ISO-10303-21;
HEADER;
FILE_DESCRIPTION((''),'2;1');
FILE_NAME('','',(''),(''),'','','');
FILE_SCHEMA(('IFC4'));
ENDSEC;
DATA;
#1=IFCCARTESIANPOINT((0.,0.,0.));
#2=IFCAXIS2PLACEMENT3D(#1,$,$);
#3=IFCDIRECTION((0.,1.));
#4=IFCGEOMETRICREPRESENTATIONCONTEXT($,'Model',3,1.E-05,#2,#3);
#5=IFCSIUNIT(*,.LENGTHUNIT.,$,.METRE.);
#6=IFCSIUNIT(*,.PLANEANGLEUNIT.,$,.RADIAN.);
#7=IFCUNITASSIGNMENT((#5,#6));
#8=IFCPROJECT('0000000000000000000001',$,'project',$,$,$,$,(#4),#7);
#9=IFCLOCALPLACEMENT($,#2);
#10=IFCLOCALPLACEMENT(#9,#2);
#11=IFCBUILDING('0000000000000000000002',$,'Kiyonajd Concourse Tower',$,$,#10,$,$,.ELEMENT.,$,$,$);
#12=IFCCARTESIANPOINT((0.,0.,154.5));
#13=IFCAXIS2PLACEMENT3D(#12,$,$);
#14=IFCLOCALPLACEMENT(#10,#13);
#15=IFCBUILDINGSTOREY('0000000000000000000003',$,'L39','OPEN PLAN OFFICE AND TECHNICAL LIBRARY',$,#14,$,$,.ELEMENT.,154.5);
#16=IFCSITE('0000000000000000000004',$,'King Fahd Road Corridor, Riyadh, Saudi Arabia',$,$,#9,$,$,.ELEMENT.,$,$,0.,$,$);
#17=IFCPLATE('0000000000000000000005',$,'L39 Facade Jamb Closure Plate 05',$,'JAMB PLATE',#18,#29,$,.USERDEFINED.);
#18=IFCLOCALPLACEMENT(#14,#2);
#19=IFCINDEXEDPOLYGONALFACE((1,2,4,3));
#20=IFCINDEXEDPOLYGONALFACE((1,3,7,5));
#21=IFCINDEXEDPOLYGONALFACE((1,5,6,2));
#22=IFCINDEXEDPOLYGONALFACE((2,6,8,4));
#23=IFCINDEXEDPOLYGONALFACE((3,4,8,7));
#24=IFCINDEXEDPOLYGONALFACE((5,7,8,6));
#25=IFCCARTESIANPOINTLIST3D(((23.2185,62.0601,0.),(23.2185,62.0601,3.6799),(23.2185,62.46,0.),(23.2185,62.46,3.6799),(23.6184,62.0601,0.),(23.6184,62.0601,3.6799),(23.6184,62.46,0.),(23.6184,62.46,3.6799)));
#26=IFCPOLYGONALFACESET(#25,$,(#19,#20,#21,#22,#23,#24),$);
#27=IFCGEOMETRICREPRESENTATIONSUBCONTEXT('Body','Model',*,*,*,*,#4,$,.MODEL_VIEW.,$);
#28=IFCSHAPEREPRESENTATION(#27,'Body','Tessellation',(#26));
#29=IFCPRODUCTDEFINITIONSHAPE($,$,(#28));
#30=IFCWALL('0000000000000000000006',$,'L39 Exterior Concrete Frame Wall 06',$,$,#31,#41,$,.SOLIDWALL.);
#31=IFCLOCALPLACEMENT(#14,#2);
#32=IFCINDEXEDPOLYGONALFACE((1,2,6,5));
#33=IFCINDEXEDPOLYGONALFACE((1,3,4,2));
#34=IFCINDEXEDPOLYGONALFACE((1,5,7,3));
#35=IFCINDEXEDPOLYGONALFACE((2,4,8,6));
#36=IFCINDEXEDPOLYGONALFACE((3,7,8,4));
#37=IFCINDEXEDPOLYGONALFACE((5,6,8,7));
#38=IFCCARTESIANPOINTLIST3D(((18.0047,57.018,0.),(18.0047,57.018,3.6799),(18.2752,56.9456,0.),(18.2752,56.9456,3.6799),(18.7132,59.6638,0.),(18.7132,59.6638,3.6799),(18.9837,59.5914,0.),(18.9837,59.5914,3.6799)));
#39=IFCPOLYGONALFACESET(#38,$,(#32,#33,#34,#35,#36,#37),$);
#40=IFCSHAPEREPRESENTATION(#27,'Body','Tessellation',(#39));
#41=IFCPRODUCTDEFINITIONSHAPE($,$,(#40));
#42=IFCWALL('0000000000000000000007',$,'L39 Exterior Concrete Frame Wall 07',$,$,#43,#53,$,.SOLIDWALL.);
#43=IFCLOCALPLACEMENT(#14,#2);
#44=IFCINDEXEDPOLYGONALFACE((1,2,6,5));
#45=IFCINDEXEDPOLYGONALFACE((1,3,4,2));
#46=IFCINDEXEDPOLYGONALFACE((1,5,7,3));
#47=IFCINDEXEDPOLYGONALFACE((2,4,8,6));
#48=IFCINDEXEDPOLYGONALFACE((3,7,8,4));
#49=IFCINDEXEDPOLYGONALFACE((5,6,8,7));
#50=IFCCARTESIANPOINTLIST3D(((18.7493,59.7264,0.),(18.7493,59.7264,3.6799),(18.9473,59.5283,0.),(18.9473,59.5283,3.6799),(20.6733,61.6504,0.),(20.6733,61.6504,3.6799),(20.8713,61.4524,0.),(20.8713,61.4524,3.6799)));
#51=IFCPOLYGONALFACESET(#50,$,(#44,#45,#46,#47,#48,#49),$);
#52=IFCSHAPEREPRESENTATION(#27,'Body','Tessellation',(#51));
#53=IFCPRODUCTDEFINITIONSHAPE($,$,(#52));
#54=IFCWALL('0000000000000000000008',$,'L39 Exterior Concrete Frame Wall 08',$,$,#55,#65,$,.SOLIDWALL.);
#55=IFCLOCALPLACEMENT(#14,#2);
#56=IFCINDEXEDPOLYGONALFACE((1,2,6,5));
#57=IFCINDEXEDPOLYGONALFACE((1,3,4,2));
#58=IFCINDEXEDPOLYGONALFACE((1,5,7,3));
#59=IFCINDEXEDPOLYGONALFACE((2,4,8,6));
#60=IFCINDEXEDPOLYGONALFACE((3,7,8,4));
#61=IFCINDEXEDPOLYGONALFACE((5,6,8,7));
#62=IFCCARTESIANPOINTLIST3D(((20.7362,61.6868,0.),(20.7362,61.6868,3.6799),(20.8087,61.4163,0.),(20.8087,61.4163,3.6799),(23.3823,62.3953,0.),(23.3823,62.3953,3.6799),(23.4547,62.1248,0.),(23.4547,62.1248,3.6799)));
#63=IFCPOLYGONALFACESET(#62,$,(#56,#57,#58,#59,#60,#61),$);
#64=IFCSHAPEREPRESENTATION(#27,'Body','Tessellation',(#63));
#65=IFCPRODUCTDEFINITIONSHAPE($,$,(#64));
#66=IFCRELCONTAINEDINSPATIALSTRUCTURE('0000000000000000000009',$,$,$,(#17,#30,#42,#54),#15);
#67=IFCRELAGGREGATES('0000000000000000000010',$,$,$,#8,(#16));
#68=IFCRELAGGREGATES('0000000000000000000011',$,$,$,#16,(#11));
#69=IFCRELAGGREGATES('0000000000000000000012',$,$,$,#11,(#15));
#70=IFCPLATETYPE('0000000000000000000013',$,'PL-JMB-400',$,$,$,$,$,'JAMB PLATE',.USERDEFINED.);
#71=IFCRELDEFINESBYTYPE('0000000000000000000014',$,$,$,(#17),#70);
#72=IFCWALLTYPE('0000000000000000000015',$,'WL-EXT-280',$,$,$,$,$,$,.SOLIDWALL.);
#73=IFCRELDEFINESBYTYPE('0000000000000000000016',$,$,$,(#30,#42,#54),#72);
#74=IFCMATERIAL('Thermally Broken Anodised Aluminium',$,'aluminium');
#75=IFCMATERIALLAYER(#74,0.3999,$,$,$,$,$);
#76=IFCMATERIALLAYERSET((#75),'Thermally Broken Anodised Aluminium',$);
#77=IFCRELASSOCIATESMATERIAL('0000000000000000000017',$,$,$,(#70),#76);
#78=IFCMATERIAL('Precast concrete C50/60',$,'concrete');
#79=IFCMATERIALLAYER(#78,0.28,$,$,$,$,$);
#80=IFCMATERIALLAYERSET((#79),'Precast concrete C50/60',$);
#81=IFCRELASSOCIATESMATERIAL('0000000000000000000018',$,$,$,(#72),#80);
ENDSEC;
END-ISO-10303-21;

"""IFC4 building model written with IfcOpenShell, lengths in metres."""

from ifc_helpers import new_model, si_unit, direction, frame, frame_2d, origin, origin_2d, place, context, subcontext, project, spatial, rectangle, extrude, material, layer, layer_set, type_object, element, save


model = new_model("IFC4")

# Units and contexts
model_context = context("Model", 3, precision=1e-05, world=origin(), true_north=direction((0.0, 1.0)))
body_context = subcontext(model_context, "Body", "Model", "MODEL_VIEW")
ifc_project = project(units=[si_unit("LENGTHUNIT", "METRE"), si_unit("PLANEANGLEUNIT", "RADIAN")], contexts=[model_context])

# Site, building, storey
site_placement = place(None, origin())
site = spatial("IfcSite", under=ifc_project, at=site_placement, Name="King Fahd Road Corridor, Riyadh, Saudi Arabia", CompositionType="ELEMENT", RefElevation=0.0)
building_placement = place(site_placement, origin())
building = spatial("IfcBuilding", under=site, at=building_placement, Name="Kiyonajd Concourse Tower", CompositionType="ELEMENT")
storey_placement = place(building_placement, frame((0.0, 0.0, 154.5)))
storey = spatial("IfcBuildingStorey", under=building, at=storey_placement, Name="L39", Description="OPEN PLAN OFFICE AND TECHNICAL LIBRARY", CompositionType="ELEMENT", Elevation=154.5)

# Shared definitions
ifc_material_1 = material(Name="Thermally Broken Anodised Aluminium", Category="aluminium")

# Plate
ifc_layer_1 = layer(ifc_material_1, 0.3999)
ifc_layer_set_1 = layer_set([ifc_layer_1], Name="Thermally Broken Anodised Aluminium")
plate_type_1 = type_object("IfcPlateType", Name="PL-JMB-400", ElementType="JAMB PLATE", PredefinedType="USERDEFINED", material=ifc_layer_set_1)
for number, where, z_axis, x_axis, name in (
    (1, (23.4185, 62.26, 0.0), (0.0, 0.0, 1.0), (1.0, 0.0, 0.0), "L39 Facade Jamb Closure Plate 05"),
):
    element("IfcPlate", number, at=place(storey_placement, frame(where, z_axis=z_axis, x_axis=x_axis)), inside=storey, type_object=plate_type_1, Name=name, ObjectType="JAMB PLATE", PredefinedType="USERDEFINED", context=body_context, shape_type="SweptSolid", body=[
        extrude(rectangle(XDim=0.3999, YDim=0.3999, at=origin_2d()), origin(), (0.0, 0.0, 1.0), 3.6799),
    ])

# Walls
ifc_material_2 = material(Name="Precast concrete C50/60", Category="concrete")
ifc_layer_2 = layer(ifc_material_2, 0.28)
ifc_layer_set_2 = layer_set([ifc_layer_2], Name="Precast concrete C50/60")
wall_type = type_object("IfcWallType", Name="WL-EXT-280", PredefinedType="SOLIDWALL", material=ifc_layer_set_2)
wall_1_placement = place(storey_placement, frame((18.1399, 56.9817, 0.0), z_axis=(0.0, 0.0, 1.0), x_axis=(0.258672, 0.965965, 0.0)))
element("IfcWall", 2, at=wall_1_placement, inside=storey, type_object=wall_type, Name="L39 Exterior Concrete Frame Wall 06", PredefinedType="SOLIDWALL", context=body_context, shape_type="SweptSolid", body=[
    extrude(rectangle(XDim=2.739, YDim=0.28, at=frame_2d((1.3696, 0.0))), origin(), (0.0, 0.0, 1.0), 3.6799),
])
wall_2_placement = place(storey_placement, frame((18.8484, 59.6274, 0.0), z_axis=(0.0, 0.0, 1.0), x_axis=(0.707107, 0.707107, 0.0)))
element("IfcWall", 3, at=wall_2_placement, inside=storey, type_object=wall_type, Name="L39 Exterior Concrete Frame Wall 07", PredefinedType="SOLIDWALL", context=body_context, shape_type="SweptSolid", body=[
    extrude(rectangle(XDim=2.7209, YDim=0.28, at=frame_2d((1.3604, 0.0))), origin(), (0.0, 0.0, 1.0), 3.6799),
])
wall_3_placement = place(storey_placement, frame((20.7725, 61.5515, 0.0), z_axis=(0.0, 0.0, 1.0), x_axis=(0.965971, 0.25865, 0.0)))
element("IfcWall", 4, at=wall_3_placement, inside=storey, type_object=wall_type, Name="L39 Exterior Concrete Frame Wall 08", PredefinedType="SOLIDWALL", context=body_context, shape_type="SweptSolid", body=[
    extrude(rectangle(XDim=2.7393, YDim=0.28, at=frame_2d((1.3696, 0.0))), origin(), (0.0, 0.0, 1.0), 3.6799),
])

save(model, "model.ifc")
